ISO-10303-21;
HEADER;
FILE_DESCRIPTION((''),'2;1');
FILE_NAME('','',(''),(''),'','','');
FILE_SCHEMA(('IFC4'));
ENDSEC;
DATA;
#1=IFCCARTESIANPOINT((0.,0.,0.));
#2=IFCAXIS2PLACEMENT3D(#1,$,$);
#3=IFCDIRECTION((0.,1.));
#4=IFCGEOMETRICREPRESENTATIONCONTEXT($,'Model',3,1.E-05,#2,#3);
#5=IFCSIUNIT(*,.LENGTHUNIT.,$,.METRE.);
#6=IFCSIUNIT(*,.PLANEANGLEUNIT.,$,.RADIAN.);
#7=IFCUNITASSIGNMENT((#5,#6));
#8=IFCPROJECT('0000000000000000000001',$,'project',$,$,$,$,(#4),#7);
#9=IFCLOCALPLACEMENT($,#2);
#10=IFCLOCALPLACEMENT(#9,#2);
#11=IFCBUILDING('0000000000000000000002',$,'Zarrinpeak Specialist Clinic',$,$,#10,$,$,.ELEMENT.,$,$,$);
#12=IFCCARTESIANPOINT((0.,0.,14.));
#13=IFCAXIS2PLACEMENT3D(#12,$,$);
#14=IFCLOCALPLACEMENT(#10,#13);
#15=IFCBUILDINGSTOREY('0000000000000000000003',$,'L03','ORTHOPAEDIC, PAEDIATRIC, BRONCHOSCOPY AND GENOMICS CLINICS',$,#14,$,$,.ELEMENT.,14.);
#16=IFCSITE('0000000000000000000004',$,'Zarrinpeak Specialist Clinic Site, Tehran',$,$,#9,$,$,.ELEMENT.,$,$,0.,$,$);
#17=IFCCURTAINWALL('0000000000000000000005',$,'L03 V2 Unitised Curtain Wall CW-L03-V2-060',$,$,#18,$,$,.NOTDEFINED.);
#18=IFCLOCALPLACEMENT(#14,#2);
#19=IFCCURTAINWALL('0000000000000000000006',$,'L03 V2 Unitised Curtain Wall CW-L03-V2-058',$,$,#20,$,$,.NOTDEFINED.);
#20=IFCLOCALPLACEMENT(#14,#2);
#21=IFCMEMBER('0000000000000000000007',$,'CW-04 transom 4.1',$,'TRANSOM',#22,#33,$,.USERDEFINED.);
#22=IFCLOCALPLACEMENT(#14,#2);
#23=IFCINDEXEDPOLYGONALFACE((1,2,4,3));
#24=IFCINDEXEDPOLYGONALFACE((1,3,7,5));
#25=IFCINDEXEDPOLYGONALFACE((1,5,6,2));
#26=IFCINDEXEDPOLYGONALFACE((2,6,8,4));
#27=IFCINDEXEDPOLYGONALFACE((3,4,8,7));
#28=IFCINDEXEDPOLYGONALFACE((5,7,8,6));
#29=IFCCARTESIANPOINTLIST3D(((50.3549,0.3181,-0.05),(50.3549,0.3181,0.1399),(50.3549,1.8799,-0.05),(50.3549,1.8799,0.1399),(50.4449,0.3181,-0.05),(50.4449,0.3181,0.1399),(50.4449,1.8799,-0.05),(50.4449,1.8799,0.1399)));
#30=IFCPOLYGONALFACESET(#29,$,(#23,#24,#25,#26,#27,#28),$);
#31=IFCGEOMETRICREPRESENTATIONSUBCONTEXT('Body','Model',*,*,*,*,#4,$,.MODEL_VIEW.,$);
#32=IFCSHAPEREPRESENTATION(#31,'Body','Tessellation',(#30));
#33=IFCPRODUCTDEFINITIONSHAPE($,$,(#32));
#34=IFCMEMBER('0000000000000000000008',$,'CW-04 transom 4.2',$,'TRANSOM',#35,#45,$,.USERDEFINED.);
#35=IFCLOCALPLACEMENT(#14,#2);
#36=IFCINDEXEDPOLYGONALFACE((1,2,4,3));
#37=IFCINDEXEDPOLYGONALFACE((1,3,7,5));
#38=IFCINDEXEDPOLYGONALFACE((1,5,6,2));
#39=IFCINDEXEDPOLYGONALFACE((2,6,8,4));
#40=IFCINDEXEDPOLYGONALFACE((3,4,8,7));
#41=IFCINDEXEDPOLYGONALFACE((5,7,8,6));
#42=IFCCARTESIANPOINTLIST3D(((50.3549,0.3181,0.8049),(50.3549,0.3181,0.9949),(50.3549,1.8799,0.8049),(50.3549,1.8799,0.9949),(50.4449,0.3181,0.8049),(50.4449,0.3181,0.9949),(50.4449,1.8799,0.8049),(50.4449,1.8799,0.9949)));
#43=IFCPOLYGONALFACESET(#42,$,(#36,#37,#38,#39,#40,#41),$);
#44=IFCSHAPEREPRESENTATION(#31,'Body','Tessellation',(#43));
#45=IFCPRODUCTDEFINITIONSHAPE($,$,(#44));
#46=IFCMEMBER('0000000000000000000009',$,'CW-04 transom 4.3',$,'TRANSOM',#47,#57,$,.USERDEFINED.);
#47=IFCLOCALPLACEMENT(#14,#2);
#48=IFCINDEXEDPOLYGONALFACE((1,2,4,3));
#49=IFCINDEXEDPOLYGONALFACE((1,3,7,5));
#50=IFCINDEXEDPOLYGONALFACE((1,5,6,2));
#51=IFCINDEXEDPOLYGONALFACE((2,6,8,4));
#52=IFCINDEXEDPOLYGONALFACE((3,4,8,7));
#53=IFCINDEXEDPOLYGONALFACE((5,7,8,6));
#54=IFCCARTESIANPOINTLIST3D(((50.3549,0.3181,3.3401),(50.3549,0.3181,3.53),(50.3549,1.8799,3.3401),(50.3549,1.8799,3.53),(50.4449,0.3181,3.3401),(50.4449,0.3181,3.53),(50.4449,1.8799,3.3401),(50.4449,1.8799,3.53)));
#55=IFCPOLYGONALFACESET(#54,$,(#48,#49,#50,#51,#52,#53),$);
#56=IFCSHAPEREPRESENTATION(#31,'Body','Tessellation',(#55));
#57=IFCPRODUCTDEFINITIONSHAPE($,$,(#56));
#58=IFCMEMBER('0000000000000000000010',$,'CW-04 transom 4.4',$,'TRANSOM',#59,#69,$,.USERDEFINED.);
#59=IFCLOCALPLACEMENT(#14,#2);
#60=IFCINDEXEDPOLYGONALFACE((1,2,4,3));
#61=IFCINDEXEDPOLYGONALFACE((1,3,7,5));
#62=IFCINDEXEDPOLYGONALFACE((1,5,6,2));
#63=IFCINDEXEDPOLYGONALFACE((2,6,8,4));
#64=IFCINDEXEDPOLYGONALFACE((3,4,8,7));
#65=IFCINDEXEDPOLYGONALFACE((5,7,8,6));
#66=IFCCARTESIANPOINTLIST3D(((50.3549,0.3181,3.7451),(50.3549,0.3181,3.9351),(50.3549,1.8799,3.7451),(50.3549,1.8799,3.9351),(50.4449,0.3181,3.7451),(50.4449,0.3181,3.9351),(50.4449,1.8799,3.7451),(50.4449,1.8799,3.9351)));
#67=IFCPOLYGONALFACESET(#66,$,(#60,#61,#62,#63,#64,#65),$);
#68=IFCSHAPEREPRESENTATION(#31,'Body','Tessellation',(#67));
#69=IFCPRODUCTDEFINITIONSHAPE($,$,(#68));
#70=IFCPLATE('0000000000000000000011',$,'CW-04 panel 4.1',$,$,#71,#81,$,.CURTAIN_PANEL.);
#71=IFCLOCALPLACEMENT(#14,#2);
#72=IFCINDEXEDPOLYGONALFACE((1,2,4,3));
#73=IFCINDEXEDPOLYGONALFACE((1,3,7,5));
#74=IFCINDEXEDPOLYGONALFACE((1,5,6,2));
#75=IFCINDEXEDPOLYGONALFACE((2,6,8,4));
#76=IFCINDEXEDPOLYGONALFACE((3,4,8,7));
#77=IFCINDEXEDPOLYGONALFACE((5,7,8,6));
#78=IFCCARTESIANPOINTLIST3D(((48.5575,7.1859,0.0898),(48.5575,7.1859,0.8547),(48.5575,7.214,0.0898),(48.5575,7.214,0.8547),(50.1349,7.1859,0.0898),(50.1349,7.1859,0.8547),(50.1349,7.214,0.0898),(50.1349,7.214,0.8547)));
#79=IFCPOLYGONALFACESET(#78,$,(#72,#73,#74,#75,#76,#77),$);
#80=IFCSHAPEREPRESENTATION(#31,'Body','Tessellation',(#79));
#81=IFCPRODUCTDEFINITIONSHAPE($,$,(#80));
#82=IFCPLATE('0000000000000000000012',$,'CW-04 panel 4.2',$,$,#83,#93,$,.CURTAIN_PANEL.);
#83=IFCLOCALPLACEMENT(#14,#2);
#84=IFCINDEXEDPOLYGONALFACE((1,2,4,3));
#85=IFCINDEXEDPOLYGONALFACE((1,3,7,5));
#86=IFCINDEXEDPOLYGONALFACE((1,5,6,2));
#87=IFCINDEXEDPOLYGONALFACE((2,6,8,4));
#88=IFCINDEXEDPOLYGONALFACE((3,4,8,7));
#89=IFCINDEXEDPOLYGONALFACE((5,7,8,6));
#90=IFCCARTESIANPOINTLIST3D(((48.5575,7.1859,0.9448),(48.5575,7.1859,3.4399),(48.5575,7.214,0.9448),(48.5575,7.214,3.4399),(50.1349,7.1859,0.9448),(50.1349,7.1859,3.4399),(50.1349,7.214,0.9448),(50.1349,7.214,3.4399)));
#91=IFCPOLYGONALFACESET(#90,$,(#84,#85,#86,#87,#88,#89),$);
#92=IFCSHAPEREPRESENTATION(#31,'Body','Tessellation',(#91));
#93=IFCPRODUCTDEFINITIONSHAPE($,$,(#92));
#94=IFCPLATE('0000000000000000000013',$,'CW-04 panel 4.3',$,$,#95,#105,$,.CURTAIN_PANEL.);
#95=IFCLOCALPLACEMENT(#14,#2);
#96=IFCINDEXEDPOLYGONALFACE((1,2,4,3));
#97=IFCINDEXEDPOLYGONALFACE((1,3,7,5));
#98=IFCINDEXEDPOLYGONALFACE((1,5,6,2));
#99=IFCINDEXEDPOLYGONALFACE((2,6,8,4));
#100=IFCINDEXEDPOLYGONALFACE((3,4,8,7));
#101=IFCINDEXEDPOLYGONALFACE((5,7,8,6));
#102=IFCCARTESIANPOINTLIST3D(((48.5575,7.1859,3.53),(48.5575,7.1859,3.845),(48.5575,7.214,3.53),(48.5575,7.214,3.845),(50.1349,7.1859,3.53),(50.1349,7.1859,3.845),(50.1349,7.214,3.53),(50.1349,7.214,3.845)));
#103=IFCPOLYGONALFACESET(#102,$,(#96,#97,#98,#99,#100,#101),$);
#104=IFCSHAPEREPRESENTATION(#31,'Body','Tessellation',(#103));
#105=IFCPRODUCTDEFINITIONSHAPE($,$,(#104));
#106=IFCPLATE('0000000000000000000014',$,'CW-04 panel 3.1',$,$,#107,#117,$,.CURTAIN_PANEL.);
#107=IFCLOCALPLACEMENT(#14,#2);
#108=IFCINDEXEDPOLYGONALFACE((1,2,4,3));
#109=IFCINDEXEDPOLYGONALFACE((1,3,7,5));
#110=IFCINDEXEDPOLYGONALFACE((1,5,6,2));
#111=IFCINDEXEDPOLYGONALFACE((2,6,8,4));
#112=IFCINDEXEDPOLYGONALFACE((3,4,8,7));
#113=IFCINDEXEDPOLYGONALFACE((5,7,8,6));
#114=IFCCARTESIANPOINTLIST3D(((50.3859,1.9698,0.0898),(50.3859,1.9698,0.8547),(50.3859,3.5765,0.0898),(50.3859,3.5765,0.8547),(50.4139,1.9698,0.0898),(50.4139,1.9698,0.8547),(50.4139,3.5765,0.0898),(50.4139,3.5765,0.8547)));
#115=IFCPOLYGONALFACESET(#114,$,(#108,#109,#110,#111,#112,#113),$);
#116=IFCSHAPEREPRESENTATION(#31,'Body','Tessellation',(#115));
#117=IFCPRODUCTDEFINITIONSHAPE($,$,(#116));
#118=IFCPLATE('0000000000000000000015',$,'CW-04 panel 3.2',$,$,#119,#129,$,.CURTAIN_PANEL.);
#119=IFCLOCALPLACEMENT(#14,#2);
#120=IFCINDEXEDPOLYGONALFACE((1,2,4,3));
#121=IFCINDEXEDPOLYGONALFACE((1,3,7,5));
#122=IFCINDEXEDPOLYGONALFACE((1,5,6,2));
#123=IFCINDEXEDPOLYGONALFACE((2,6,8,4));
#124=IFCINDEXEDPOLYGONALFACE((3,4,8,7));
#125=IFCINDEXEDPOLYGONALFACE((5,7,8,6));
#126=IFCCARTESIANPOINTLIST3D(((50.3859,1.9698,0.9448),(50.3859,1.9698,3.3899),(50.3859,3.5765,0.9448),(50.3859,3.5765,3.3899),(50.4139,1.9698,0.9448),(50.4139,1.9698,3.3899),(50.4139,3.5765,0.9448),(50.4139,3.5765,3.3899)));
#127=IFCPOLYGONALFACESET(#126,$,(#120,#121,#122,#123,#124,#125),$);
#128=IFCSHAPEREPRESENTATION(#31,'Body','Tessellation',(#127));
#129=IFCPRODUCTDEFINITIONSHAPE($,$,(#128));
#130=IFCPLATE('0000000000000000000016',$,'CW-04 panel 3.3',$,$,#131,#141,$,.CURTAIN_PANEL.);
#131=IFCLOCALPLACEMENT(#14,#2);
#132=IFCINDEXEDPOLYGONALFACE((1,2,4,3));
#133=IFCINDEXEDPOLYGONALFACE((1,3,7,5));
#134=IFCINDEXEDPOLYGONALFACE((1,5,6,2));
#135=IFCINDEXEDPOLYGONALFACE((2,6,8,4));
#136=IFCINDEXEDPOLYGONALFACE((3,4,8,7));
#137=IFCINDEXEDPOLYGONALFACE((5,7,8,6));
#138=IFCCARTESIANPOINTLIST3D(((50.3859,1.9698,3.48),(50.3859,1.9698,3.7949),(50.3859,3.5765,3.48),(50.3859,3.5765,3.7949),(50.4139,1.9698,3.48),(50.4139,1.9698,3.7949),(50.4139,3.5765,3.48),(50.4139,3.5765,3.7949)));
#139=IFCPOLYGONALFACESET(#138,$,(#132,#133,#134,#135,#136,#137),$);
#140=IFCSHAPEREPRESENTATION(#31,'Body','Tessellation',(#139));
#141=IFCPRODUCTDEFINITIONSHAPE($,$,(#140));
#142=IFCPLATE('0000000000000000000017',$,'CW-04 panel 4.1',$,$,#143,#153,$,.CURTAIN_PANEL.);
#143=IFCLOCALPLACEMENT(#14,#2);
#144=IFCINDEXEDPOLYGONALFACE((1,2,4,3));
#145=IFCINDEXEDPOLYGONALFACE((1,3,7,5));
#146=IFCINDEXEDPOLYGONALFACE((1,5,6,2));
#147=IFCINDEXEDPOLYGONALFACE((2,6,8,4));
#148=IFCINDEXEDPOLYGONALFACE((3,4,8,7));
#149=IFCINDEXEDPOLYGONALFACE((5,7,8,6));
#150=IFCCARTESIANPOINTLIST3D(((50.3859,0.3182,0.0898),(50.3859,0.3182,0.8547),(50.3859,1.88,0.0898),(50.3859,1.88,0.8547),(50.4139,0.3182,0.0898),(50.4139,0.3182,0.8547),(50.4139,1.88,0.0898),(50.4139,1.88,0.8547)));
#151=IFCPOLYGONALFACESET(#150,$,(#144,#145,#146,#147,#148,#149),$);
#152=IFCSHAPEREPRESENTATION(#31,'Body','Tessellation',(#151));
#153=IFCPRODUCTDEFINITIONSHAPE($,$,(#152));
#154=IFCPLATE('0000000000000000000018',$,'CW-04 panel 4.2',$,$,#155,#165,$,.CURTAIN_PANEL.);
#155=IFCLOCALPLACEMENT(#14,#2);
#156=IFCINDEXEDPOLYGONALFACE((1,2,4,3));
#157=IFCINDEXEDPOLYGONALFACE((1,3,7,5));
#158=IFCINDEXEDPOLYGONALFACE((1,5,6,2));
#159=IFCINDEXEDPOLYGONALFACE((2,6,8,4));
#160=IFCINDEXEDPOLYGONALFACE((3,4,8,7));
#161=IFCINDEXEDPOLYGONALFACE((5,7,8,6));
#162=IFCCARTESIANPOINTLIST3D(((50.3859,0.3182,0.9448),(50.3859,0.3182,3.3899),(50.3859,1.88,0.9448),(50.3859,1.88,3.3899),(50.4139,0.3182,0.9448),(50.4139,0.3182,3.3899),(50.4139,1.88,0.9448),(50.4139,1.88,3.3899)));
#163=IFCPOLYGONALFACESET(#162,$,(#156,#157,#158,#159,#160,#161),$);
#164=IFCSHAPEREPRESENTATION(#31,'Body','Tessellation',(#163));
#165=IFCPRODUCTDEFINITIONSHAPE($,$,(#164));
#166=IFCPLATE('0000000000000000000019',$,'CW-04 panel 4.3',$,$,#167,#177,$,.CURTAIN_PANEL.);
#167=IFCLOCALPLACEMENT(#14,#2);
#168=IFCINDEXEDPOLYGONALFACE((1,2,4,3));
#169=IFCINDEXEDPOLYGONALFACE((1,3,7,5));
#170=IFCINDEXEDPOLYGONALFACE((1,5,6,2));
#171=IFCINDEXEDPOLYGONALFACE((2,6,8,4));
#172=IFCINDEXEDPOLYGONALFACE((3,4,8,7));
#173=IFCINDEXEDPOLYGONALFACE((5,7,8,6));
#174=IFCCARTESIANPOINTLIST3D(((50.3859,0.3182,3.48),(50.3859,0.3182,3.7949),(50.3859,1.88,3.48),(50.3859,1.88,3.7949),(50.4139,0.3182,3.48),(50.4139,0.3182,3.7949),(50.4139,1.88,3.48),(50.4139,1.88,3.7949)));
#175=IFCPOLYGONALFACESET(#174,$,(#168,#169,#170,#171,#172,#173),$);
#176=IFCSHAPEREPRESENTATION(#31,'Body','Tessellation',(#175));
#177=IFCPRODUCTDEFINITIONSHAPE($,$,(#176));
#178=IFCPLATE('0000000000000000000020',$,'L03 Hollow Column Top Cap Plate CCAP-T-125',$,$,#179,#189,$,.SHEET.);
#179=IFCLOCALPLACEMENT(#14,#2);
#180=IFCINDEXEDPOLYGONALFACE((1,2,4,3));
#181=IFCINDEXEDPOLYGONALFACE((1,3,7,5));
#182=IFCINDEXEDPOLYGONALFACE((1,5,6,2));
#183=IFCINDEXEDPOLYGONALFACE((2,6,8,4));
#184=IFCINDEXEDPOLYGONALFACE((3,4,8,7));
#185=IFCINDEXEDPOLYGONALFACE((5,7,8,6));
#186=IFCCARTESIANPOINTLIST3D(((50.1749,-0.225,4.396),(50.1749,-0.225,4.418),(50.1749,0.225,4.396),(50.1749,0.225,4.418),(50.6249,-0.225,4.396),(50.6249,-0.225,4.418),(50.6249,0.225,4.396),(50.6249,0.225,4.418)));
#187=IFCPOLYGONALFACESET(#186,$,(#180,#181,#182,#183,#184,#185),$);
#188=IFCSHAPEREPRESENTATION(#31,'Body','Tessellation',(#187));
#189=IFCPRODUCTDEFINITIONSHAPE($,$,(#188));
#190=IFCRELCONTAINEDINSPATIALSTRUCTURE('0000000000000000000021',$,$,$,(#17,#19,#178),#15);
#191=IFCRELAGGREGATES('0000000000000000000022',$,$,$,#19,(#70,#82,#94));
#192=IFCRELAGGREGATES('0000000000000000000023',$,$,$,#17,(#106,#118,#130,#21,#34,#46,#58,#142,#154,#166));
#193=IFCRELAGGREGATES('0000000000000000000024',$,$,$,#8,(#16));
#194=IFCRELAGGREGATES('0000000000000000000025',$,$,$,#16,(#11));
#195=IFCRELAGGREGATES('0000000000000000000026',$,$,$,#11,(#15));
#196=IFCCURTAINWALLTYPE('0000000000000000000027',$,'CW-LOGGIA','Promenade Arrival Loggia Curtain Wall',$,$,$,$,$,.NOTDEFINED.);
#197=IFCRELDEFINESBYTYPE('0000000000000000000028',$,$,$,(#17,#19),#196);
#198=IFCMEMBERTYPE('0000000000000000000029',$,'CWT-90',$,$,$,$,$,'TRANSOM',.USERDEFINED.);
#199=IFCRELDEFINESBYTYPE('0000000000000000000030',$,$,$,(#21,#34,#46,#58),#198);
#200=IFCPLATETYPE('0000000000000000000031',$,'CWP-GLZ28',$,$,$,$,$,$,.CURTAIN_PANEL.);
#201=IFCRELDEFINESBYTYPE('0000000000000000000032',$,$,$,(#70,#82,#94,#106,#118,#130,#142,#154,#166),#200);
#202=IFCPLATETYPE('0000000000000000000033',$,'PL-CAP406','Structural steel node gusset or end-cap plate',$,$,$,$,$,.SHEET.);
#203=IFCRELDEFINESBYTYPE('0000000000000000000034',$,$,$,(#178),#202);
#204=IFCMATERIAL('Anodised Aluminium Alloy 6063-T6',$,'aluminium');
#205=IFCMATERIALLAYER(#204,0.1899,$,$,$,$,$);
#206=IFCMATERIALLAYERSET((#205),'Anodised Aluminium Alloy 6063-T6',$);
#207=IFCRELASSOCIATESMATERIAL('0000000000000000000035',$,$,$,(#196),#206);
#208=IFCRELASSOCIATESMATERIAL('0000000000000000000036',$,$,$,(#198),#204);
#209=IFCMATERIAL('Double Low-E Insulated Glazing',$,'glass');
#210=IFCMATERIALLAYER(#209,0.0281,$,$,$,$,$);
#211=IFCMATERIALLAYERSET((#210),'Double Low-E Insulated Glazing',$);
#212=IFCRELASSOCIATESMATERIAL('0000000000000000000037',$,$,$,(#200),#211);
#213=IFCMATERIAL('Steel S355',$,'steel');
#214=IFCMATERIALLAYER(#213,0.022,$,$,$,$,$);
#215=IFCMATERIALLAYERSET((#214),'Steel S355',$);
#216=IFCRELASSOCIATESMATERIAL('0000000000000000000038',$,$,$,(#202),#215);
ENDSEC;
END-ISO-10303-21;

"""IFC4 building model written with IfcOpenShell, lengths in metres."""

from ifc_helpers import new_model, si_unit, direction, frame, origin, origin_2d, place, context, subcontext, project, spatial, rectangle, extrude, material, layer, layer_set, material_profile, profile_set, type_object, element, aggregate, save


model = new_model("IFC4")

# Units and contexts
model_context = context("Model", 3, precision=1e-05, world=origin(), true_north=direction((0.0, 1.0)))
body_context = subcontext(model_context, "Body", "Model", "MODEL_VIEW")
ifc_project = project(units=[si_unit("LENGTHUNIT", "METRE"), si_unit("PLANEANGLEUNIT", "RADIAN")], contexts=[model_context])

# Site, building, storey
site_placement = place(None, origin())
site = spatial("IfcSite", under=ifc_project, at=site_placement, Name="Zarrinpeak Specialist Clinic Site, Tehran", CompositionType="ELEMENT", RefElevation=0.0)
building_placement = place(site_placement, origin())
building = spatial("IfcBuilding", under=site, at=building_placement, Name="Zarrinpeak Specialist Clinic", CompositionType="ELEMENT")
storey_placement = place(building_placement, frame((0.0, 0.0, 14.0)))
storey = spatial("IfcBuildingStorey", under=building, at=storey_placement, Name="L03", Description="ORTHOPAEDIC, PAEDIATRIC, BRONCHOSCOPY AND GENOMICS CLINICS", CompositionType="ELEMENT", Elevation=14.0)

# Shared definitions
ifc_material_1 = material(Name="Steel S355", Category="steel")

# Curtain wall
ifc_material_2 = material(Name="Anodised Aluminium Alloy 6063-T6", Category="aluminium")
ifc_layer_1 = layer(ifc_material_2, 0.1899)
ifc_layer_set_1 = layer_set([ifc_layer_1], Name="Anodised Aluminium Alloy 6063-T6")
curtain_wall_type = type_object("IfcCurtainWallType", Name="CW-LOGGIA", Description="Promenade Arrival Loggia Curtain Wall", PredefinedType="NOTDEFINED", material=ifc_layer_set_1)
curtain_wall_1_placement = place(storey_placement, origin())
curtain_wall_1 = element("IfcCurtainWall", 1, at=curtain_wall_1_placement, inside=storey, type_object=curtain_wall_type, Name="L03 V2 Unitised Curtain Wall CW-L03-V2-060", PredefinedType="NOTDEFINED")

# Curtain wall
curtain_wall_2_placement = place(storey_placement, origin())
curtain_wall_2 = element("IfcCurtainWall", 2, at=curtain_wall_2_placement, inside=storey, type_object=curtain_wall_type, Name="L03 V2 Unitised Curtain Wall CW-L03-V2-058", PredefinedType="NOTDEFINED")
ifc_material_profile_1 = material_profile(ifc_material_2, rectangle(XDim=0.0901, YDim=0.1899, at=origin_2d()), Name="ALU 90x190")
ifc_profile_set_1 = profile_set([ifc_material_profile_1], Name="Anodised Aluminium Alloy 6063-T6")
member_type_1 = type_object("IfcMemberType", Name="CWT-90", ElementType="TRANSOM", PredefinedType="USERDEFINED", material=ifc_profile_set_1)

# Members
member_1_placement = place(storey_placement, frame((50.3999, 1.8799, 0.0449), z_axis=(0.0, -1.0, 0.0), x_axis=(1.0, 0.0, 0.0)))
member_1 = element("IfcMember", 3, at=member_1_placement, type_object=member_type_1, Name="CW-04 transom 4.1", ObjectType="TRANSOM", PredefinedType="USERDEFINED", context=body_context, shape_type="SweptSolid", body=[
    extrude(rectangle(XDim=0.0901, YDim=0.1899, at=origin_2d()), origin(), (0.0, 0.0, 1.0), 1.5618),
])
member_2_placement = place(storey_placement, frame((50.3999, 1.8799, 0.8999), z_axis=(0.0, -1.0, 0.0), x_axis=(1.0, 0.0, 0.0)))
member_2 = element("IfcMember", 4, at=member_2_placement, type_object=member_type_1, Name="CW-04 transom 4.2", ObjectType="TRANSOM", PredefinedType="USERDEFINED", context=body_context, shape_type="SweptSolid", body=[
    extrude(rectangle(XDim=0.0901, YDim=0.1899, at=origin_2d()), origin(), (0.0, 0.0, 1.0), 1.5618),
])
member_3_placement = place(storey_placement, frame((50.3999, 1.8799, 3.4351), z_axis=(0.0, -1.0, 0.0), x_axis=(1.0, 0.0, 0.0)))
member_3 = element("IfcMember", 5, at=member_3_placement, type_object=member_type_1, Name="CW-04 transom 4.3", ObjectType="TRANSOM", PredefinedType="USERDEFINED", context=body_context, shape_type="SweptSolid", body=[
    extrude(rectangle(XDim=0.0901, YDim=0.1899, at=origin_2d()), origin(), (0.0, 0.0, 1.0), 1.5618),
])
member_4_placement = place(storey_placement, frame((50.3999, 1.8799, 3.8401), z_axis=(0.0, -1.0, 0.0), x_axis=(1.0, 0.0, 0.0)))
member_4 = element("IfcMember", 6, at=member_4_placement, type_object=member_type_1, Name="CW-04 transom 4.4", ObjectType="TRANSOM", PredefinedType="USERDEFINED", context=body_context, shape_type="SweptSolid", body=[
    extrude(rectangle(XDim=0.0901, YDim=0.1899, at=origin_2d()), origin(), (0.0, 0.0, 1.0), 1.5618),
])

# Plates
ifc_material_3 = material(Name="Double Low-E Insulated Glazing", Category="glass")
ifc_layer_2 = layer(ifc_material_3, 0.0281)
ifc_layer_set_2 = layer_set([ifc_layer_2], Name="Double Low-E Insulated Glazing")
plate_type_1 = type_object("IfcPlateType", Name="CWP-GLZ28", PredefinedType="CURTAIN_PANEL", material=ifc_layer_set_2)
plate_1_placement = place(storey_placement, frame((49.3462, 7.2, 0.0898), z_axis=(0.0, 0.0, 1.0), x_axis=(1.0, 0.0, 0.0)))
plate_1 = element("IfcPlate", 7, at=plate_1_placement, type_object=plate_type_1, Name="CW-04 panel 4.1", PredefinedType="CURTAIN_PANEL", context=body_context, shape_type="SweptSolid", body=[
    extrude(rectangle(XDim=1.5774, YDim=0.0281, at=origin_2d()), origin(), (0.0, 0.0, 1.0), 0.7649),
])
plate_2_placement = place(storey_placement, frame((49.3462, 7.2, 0.9448), z_axis=(0.0, 0.0, 1.0), x_axis=(1.0, 0.0, 0.0)))
plate_2 = element("IfcPlate", 8, at=plate_2_placement, type_object=plate_type_1, Name="CW-04 panel 4.2", PredefinedType="CURTAIN_PANEL", context=body_context, shape_type="SweptSolid", body=[
    extrude(rectangle(XDim=1.5774, YDim=0.0281, at=origin_2d()), origin(), (0.0, 0.0, 1.0), 2.4951),
])
plate_3_placement = place(storey_placement, frame((49.3462, 7.2, 3.53), z_axis=(0.0, 0.0, 1.0), x_axis=(1.0, 0.0, 0.0)))
plate_3 = element("IfcPlate", 9, at=plate_3_placement, type_object=plate_type_1, Name="CW-04 panel 4.3", PredefinedType="CURTAIN_PANEL", context=body_context, shape_type="SweptSolid", body=[
    extrude(rectangle(XDim=1.5774, YDim=0.0281, at=origin_2d()), origin(), (0.0, 0.0, 1.0), 0.3149),
])
aggregate(curtain_wall_2, [plate_1, plate_2, plate_3])
plate_4_placement = place(storey_placement, frame((50.3999, 2.7732, 0.0898), z_axis=(0.0, 0.0, 1.0), x_axis=(0.0, -1.0, 0.0)))
plate_4 = element("IfcPlate", 10, at=plate_4_placement, type_object=plate_type_1, Name="CW-04 panel 3.1", PredefinedType="CURTAIN_PANEL", context=body_context, shape_type="SweptSolid", body=[
    extrude(rectangle(XDim=1.6067, YDim=0.0281, at=origin_2d()), origin(), (0.0, 0.0, 1.0), 0.7649),
])
plate_5_placement = place(storey_placement, frame((50.3999, 2.7732, 0.9448), z_axis=(0.0, 0.0, 1.0), x_axis=(0.0, -1.0, 0.0)))
plate_5 = element("IfcPlate", 11, at=plate_5_placement, type_object=plate_type_1, Name="CW-04 panel 3.2", PredefinedType="CURTAIN_PANEL", context=body_context, shape_type="SweptSolid", body=[
    extrude(rectangle(XDim=1.6067, YDim=0.0281, at=origin_2d()), origin(), (0.0, 0.0, 1.0), 2.4451),
])
plate_6_placement = place(storey_placement, frame((50.3999, 2.7732, 3.48), z_axis=(0.0, 0.0, 1.0), x_axis=(0.0, -1.0, 0.0)))
plate_6 = element("IfcPlate", 12, at=plate_6_placement, type_object=plate_type_1, Name="CW-04 panel 3.3", PredefinedType="CURTAIN_PANEL", context=body_context, shape_type="SweptSolid", body=[
    extrude(rectangle(XDim=1.6067, YDim=0.0281, at=origin_2d()), origin(), (0.0, 0.0, 1.0), 0.3149),
])
plate_7_placement = place(storey_placement, frame((50.3999, 1.0991, 0.0898), z_axis=(0.0, 0.0, 1.0), x_axis=(0.0, -1.0, 0.0)))
plate_7 = element("IfcPlate", 13, at=plate_7_placement, type_object=plate_type_1, Name="CW-04 panel 4.1", PredefinedType="CURTAIN_PANEL", context=body_context, shape_type="SweptSolid", body=[
    extrude(rectangle(XDim=1.5618, YDim=0.0281, at=origin_2d()), origin(), (0.0, 0.0, 1.0), 0.7649),
])
plate_8_placement = place(storey_placement, frame((50.3999, 1.0991, 0.9448), z_axis=(0.0, 0.0, 1.0), x_axis=(0.0, -1.0, 0.0)))
plate_8 = element("IfcPlate", 14, at=plate_8_placement, type_object=plate_type_1, Name="CW-04 panel 4.2", PredefinedType="CURTAIN_PANEL", context=body_context, shape_type="SweptSolid", body=[
    extrude(rectangle(XDim=1.5618, YDim=0.0281, at=origin_2d()), origin(), (0.0, 0.0, 1.0), 2.4451),
])
plate_9_placement = place(storey_placement, frame((50.3999, 1.0991, 3.48), z_axis=(0.0, 0.0, 1.0), x_axis=(0.0, -1.0, 0.0)))
plate_9 = element("IfcPlate", 15, at=plate_9_placement, type_object=plate_type_1, Name="CW-04 panel 4.3", PredefinedType="CURTAIN_PANEL", context=body_context, shape_type="SweptSolid", body=[
    extrude(rectangle(XDim=1.5618, YDim=0.0281, at=origin_2d()), origin(), (0.0, 0.0, 1.0), 0.3149),
])
aggregate(curtain_wall_1, [plate_4, plate_5, plate_6, member_1, member_2, member_3, member_4, plate_7, plate_8, plate_9])
ifc_layer_3 = layer(ifc_material_1, 0.022)
ifc_layer_set_3 = layer_set([ifc_layer_3], Name="Steel S355")
plate_type_2 = type_object("IfcPlateType", Name="PL-CAP406", Description="Structural steel node gusset or end-cap plate", PredefinedType="SHEET", material=ifc_layer_set_3)
plate_10_placement = place(storey_placement, frame((50.3999, 0.0, 4.396), z_axis=(0.0, 0.0, 1.0), x_axis=(1.0, 0.0, 0.0)))
element("IfcPlate", 16, at=plate_10_placement, inside=storey, type_object=plate_type_2, Name="L03 Hollow Column Top Cap Plate CCAP-T-125", PredefinedType="SHEET", context=body_context, shape_type="SweptSolid", body=[
    extrude(rectangle(XDim=0.45, YDim=0.45, at=origin_2d()), origin(), (0.0, 0.0, 1.0), 0.022),
])

save(model, "model.ifc")
